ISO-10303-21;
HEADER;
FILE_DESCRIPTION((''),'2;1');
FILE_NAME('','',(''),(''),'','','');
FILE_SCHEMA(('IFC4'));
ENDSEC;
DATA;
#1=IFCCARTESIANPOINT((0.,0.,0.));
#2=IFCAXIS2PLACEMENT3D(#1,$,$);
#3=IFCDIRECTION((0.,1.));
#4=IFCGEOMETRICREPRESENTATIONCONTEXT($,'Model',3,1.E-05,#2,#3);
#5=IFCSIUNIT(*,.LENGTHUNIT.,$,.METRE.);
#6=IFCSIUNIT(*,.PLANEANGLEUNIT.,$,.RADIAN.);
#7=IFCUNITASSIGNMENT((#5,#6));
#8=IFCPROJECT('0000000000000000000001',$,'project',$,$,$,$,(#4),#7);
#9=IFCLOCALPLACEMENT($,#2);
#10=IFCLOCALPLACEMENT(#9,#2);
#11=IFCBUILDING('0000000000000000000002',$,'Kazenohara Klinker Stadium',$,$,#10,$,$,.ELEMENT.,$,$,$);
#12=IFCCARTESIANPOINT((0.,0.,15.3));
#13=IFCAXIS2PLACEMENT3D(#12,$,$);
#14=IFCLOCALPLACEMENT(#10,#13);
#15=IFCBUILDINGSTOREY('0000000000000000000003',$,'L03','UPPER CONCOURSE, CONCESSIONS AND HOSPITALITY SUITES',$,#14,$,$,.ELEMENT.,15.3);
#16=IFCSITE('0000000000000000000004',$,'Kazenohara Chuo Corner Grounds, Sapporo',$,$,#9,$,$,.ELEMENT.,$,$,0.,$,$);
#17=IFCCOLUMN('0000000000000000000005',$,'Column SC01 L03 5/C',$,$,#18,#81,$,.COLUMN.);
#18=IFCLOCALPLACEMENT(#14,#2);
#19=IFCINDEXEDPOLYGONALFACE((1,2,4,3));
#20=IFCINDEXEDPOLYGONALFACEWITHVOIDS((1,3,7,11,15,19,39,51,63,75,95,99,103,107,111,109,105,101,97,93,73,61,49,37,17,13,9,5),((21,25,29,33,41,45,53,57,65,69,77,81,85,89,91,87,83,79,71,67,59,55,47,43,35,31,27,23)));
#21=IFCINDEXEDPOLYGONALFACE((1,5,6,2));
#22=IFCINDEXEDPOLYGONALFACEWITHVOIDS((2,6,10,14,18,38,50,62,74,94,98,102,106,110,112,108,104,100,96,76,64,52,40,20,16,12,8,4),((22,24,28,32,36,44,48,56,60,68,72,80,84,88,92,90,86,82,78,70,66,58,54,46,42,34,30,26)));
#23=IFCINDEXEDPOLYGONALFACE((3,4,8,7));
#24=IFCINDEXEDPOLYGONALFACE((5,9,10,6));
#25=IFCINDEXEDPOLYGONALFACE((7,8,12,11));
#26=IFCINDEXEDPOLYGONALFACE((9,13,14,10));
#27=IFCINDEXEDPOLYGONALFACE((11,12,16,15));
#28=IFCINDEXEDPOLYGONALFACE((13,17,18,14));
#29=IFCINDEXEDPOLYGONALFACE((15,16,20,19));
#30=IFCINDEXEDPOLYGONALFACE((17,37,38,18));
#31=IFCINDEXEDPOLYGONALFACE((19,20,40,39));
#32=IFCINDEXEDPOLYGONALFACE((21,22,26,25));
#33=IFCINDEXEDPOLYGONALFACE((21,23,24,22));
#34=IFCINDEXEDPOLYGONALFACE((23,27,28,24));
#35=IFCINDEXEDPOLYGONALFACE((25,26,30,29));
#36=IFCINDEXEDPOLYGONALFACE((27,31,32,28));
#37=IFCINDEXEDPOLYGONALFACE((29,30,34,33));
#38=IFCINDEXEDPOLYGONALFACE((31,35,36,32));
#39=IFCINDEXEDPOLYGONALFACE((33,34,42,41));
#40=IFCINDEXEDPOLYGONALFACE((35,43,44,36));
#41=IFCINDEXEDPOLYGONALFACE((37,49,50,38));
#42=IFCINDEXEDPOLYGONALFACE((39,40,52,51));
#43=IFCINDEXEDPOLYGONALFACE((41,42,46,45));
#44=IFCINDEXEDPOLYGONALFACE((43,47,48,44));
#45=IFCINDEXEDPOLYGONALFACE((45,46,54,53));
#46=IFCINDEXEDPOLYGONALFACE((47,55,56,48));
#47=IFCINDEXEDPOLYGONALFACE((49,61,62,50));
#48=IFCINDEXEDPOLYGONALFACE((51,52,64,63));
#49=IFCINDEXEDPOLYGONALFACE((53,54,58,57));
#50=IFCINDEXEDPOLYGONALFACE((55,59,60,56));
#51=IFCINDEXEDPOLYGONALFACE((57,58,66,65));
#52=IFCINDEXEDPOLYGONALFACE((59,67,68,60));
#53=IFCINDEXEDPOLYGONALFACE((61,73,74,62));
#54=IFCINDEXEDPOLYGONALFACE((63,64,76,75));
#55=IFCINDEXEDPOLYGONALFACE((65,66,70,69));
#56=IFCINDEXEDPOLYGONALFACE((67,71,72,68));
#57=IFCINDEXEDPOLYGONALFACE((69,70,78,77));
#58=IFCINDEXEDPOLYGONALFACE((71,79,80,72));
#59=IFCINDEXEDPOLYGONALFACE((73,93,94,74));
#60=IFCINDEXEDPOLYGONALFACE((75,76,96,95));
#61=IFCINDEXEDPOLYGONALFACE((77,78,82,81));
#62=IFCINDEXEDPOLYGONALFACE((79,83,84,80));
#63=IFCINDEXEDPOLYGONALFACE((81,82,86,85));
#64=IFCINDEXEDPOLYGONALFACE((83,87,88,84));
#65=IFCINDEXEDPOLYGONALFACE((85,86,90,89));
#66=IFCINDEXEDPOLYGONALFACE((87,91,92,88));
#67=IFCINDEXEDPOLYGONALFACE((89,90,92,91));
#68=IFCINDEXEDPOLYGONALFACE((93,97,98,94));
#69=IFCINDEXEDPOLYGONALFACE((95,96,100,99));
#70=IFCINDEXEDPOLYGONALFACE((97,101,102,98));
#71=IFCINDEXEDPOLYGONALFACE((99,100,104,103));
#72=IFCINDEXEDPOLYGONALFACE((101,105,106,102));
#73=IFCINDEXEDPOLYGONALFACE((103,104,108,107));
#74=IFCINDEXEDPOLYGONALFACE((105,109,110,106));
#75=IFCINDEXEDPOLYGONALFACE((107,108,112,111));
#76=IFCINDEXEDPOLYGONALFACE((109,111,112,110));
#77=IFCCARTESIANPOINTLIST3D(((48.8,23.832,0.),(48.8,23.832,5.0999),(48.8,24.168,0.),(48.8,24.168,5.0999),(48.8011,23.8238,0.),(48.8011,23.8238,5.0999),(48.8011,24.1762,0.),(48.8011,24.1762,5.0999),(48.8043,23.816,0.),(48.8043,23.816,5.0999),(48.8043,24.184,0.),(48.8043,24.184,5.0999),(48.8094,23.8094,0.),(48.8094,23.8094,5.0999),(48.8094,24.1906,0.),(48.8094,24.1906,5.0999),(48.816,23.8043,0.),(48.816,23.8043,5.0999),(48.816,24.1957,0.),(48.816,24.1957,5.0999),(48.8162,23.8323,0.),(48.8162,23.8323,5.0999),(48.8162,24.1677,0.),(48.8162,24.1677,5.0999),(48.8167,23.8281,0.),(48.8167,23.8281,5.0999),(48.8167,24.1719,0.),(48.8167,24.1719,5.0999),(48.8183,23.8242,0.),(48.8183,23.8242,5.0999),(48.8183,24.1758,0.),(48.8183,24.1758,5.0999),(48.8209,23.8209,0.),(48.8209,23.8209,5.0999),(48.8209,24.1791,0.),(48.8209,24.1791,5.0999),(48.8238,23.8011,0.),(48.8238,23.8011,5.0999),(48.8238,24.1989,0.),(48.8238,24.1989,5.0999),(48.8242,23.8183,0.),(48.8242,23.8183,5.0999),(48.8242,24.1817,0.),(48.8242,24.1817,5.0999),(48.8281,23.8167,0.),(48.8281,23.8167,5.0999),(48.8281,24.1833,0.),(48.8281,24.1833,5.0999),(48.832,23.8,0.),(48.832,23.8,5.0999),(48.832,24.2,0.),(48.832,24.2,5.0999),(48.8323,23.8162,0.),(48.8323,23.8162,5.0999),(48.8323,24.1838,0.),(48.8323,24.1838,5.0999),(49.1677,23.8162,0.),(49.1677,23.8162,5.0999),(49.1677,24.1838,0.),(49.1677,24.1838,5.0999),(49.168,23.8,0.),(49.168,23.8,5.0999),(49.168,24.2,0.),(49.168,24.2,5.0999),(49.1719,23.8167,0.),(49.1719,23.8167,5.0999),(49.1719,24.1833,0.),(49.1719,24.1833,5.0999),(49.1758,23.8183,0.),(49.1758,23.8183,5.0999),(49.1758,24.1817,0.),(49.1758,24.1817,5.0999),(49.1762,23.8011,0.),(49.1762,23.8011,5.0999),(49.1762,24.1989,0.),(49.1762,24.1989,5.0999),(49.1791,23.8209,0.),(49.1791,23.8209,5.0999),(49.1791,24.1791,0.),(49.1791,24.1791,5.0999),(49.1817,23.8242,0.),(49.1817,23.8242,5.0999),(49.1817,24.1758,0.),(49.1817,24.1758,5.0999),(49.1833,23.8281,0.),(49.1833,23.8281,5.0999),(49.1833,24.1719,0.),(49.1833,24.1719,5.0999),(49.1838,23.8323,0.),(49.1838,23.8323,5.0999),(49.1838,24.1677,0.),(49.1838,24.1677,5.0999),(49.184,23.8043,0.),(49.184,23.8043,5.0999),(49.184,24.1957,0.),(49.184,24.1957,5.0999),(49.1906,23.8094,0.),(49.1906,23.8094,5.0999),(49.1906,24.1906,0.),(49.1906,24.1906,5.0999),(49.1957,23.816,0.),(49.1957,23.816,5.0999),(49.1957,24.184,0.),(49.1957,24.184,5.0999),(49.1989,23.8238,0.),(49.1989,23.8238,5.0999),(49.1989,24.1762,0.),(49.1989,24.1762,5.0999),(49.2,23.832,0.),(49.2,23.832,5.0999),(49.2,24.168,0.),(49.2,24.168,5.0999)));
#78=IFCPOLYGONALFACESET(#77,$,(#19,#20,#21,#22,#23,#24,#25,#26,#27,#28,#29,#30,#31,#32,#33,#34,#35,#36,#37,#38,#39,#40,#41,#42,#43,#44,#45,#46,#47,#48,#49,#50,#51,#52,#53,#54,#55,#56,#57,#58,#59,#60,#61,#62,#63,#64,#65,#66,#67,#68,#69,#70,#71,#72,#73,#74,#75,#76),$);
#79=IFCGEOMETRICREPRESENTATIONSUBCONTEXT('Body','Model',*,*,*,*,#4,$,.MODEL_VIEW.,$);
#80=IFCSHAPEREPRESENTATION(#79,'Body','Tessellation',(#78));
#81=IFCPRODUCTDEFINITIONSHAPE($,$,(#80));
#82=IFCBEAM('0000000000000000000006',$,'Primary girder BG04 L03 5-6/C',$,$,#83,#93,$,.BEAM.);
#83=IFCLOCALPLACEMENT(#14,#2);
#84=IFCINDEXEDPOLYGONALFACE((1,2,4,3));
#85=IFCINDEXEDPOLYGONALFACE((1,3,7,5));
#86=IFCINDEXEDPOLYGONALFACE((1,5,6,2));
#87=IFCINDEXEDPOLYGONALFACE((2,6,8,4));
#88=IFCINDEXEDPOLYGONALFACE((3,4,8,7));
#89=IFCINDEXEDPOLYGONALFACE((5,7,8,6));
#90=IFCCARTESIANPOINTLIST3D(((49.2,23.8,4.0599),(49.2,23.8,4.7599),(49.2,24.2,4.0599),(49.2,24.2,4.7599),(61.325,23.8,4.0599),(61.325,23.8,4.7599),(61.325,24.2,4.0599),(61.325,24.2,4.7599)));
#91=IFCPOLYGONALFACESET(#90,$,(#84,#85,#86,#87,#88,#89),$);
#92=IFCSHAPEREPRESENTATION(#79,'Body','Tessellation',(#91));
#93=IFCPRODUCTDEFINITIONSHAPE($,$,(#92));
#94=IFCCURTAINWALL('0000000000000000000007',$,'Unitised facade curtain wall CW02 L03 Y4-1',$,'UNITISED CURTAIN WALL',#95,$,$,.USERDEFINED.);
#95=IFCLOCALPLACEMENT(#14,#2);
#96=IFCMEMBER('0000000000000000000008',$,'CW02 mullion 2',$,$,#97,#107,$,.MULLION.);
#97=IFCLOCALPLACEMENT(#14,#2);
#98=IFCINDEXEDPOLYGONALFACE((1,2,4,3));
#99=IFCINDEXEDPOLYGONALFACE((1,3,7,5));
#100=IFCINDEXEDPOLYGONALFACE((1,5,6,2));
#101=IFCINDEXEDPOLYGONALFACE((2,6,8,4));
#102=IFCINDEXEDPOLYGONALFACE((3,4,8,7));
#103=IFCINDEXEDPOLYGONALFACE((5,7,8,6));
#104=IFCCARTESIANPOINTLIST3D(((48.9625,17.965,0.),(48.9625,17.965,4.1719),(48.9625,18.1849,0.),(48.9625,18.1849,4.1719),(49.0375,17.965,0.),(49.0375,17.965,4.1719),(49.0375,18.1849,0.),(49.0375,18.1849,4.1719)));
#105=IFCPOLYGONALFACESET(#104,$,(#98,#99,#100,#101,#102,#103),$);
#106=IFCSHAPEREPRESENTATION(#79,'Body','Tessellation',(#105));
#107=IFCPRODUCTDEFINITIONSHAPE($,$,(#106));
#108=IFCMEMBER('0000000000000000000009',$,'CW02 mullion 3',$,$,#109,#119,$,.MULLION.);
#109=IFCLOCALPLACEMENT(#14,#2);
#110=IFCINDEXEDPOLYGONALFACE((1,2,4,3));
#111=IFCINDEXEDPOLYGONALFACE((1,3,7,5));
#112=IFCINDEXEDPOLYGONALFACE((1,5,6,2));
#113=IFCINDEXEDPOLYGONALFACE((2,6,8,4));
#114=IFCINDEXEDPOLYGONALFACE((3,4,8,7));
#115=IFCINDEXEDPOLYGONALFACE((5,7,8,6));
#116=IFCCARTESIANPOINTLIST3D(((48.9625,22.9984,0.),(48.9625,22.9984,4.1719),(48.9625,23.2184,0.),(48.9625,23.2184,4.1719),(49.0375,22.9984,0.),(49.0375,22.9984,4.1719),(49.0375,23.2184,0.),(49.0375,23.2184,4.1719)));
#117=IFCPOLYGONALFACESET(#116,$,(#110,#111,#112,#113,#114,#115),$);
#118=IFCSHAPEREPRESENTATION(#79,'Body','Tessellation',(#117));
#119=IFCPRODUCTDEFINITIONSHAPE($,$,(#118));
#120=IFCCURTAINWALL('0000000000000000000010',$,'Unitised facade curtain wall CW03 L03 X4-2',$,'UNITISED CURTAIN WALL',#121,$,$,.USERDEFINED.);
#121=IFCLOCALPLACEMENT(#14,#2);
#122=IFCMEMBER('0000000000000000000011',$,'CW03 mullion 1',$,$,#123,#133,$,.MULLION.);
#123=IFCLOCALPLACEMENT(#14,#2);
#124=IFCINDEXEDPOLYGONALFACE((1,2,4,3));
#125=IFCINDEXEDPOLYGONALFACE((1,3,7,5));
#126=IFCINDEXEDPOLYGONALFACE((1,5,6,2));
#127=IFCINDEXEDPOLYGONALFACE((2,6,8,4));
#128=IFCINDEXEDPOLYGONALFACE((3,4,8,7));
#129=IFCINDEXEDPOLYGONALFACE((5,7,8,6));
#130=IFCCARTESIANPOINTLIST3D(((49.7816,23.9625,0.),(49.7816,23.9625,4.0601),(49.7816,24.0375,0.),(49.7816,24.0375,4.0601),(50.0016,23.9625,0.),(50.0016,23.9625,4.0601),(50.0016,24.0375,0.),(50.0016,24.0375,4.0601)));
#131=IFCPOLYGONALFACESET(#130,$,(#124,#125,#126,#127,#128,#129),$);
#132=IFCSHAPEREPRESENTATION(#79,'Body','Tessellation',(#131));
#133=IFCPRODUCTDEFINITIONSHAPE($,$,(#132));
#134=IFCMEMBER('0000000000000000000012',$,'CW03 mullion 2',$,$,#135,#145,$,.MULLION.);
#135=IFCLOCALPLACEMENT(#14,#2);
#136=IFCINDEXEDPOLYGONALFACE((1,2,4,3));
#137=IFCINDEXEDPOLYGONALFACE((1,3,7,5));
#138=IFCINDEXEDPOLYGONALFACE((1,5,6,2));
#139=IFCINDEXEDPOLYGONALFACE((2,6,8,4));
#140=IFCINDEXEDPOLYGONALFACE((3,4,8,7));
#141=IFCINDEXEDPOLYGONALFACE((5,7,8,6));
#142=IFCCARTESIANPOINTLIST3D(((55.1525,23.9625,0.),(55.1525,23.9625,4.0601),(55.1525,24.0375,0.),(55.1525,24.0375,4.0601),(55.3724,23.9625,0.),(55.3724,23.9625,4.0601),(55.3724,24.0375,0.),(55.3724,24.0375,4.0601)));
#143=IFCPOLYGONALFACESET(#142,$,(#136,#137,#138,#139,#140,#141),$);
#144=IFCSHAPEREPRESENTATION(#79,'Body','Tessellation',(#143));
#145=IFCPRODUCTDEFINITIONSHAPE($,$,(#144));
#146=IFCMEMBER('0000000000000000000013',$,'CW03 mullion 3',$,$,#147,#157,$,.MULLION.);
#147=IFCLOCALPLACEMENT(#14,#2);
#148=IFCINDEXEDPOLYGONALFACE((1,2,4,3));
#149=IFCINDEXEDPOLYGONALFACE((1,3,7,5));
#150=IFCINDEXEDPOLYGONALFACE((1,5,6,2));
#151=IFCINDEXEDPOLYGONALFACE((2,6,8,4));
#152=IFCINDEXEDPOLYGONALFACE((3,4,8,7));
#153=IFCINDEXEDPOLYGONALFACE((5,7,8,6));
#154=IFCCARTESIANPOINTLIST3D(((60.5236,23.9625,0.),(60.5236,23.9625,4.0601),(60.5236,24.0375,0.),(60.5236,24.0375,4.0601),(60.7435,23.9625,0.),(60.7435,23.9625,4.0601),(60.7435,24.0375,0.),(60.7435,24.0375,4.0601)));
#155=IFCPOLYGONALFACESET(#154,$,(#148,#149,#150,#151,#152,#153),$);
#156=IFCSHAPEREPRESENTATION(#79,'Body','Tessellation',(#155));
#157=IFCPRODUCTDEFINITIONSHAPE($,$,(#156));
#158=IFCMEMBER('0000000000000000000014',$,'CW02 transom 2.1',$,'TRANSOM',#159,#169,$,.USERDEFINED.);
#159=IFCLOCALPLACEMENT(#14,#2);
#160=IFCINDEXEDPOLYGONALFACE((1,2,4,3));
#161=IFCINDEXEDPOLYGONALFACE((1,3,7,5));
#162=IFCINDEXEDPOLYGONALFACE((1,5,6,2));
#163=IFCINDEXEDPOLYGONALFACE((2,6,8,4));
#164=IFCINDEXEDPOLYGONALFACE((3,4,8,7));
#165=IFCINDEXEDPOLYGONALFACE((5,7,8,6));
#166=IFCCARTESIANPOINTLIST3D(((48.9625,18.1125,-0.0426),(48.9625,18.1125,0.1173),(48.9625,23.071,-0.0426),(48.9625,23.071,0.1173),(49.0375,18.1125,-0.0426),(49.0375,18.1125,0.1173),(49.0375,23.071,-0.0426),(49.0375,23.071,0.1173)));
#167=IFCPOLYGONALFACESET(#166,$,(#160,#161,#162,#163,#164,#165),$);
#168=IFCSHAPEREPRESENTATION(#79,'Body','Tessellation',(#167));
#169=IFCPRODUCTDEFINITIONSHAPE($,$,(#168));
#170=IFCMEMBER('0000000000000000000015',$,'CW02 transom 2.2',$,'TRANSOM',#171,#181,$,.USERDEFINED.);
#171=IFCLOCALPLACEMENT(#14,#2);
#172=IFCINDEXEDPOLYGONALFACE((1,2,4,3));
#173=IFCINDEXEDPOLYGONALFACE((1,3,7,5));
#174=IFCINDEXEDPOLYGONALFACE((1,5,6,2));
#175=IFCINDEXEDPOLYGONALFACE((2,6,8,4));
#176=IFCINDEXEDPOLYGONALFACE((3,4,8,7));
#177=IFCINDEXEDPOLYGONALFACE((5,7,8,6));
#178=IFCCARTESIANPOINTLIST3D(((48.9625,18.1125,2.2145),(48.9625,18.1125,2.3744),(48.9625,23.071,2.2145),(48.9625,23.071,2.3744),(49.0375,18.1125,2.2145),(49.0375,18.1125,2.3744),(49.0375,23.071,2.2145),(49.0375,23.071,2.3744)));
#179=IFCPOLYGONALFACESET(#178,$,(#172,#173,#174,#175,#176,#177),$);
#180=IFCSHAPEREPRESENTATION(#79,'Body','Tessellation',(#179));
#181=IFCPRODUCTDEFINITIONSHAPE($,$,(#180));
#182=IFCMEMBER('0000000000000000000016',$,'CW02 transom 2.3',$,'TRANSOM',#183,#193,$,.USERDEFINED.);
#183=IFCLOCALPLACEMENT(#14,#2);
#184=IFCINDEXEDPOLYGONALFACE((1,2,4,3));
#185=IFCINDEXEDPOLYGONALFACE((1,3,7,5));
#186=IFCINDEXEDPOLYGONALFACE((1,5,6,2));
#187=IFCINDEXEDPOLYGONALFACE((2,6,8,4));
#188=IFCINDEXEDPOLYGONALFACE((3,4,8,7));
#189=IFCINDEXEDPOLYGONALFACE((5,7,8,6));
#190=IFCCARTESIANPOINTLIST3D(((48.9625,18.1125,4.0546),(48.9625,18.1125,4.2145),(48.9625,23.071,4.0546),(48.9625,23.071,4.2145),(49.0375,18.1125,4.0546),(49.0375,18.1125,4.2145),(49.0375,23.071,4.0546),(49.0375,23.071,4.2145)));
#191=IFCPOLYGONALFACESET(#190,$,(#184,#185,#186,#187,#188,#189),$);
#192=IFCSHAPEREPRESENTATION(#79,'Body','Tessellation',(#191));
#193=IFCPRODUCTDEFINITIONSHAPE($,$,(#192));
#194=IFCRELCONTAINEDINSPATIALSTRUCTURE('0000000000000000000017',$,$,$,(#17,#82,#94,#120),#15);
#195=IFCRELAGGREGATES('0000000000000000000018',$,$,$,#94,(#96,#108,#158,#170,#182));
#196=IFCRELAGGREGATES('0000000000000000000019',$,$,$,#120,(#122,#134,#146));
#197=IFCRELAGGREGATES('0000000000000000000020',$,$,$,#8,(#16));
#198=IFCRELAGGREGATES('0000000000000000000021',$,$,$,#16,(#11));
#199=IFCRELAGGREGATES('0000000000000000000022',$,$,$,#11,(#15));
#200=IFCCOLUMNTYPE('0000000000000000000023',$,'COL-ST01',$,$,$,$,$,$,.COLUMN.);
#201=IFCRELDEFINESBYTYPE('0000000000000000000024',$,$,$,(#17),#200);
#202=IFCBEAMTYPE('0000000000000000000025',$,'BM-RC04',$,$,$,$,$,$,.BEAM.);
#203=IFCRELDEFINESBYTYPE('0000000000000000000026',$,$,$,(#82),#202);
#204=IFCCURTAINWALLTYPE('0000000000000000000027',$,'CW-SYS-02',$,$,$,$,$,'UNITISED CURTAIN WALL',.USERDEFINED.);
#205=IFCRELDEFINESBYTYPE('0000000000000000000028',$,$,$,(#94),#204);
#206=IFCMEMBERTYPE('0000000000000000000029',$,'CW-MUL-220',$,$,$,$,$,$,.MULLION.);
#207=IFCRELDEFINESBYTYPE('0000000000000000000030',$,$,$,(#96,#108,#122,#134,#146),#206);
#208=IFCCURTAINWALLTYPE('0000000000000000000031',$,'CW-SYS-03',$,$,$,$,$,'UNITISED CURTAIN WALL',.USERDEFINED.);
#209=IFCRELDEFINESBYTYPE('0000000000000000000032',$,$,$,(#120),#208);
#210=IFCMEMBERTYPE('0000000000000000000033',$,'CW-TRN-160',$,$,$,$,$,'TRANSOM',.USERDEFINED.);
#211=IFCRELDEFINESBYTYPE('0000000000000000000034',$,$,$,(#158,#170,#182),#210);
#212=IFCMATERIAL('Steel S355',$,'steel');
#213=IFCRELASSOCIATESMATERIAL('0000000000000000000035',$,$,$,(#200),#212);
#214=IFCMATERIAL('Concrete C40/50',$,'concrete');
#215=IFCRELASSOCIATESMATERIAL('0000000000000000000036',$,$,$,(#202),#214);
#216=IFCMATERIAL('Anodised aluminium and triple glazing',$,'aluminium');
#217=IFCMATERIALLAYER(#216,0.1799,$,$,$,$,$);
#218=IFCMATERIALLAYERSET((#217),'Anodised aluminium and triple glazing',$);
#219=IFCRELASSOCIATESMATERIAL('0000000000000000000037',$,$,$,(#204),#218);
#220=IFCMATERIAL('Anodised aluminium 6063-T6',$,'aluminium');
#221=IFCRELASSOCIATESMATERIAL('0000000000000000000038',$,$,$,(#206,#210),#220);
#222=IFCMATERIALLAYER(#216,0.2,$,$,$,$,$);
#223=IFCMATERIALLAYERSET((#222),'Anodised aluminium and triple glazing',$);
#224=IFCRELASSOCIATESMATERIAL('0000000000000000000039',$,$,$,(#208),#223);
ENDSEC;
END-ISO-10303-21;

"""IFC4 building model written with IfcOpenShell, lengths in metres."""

from ifc_helpers import new_model, si_unit, direction, frame, origin, origin_2d, place, context, subcontext, project, spatial, rectangle, hollow_rectangle, extrude, material, layer, layer_set, material_profile, profile_set, type_object, element, aggregate, save


model = new_model("IFC4")

# Units and contexts
model_context = context("Model", 3, precision=1e-05, world=origin(), true_north=direction((0.0, 1.0)))
body_context = subcontext(model_context, "Body", "Model", "MODEL_VIEW")
ifc_project = project(units=[si_unit("LENGTHUNIT", "METRE"), si_unit("PLANEANGLEUNIT", "RADIAN")], contexts=[model_context])

# Site, building, storey
site_placement = place(None, origin())
site = spatial("IfcSite", under=ifc_project, at=site_placement, Name="Kazenohara Chuo Corner Grounds, Sapporo", CompositionType="ELEMENT", RefElevation=0.0)
building_placement = place(site_placement, origin())
building = spatial("IfcBuilding", under=site, at=building_placement, Name="Kazenohara Klinker Stadium", CompositionType="ELEMENT")
storey_placement = place(building_placement, frame((0.0, 0.0, 15.3)))
storey = spatial("IfcBuildingStorey", under=building, at=storey_placement, Name="L03", Description="UPPER CONCOURSE, CONCESSIONS AND HOSPITALITY SUITES", CompositionType="ELEMENT", Elevation=15.3)

# Column
ifc_material_1 = material(Name="Steel S355", Category="steel")
ifc_material_profile_1 = material_profile(ifc_material_1, hollow_rectangle(XDim=0.3999, YDim=0.3999, WallThickness=0.0161, InnerFilletRadius=0.0161, OuterFilletRadius=0.032, at=origin_2d()), Name="SHS-400x400x16")
ifc_profile_set_1 = profile_set([ifc_material_profile_1], Name="Steel S355")
column_type = type_object("IfcColumnType", Name="COL-ST01", PredefinedType="COLUMN", material=ifc_profile_set_1)
column_placement = place(storey_placement, frame((49.0, 24.0, 0.0), z_axis=(0.0, 0.0, 1.0), x_axis=(1.0, 0.0, 0.0)))
element("IfcColumn", 1, at=column_placement, inside=storey, type_object=column_type, Name="Column SC01 L03 5/C", PredefinedType="COLUMN", context=body_context, shape_type="SweptSolid", body=[
    extrude(hollow_rectangle(XDim=0.3999, YDim=0.3999, WallThickness=0.0161, InnerFilletRadius=0.0161, OuterFilletRadius=0.032, at=origin_2d()), origin(), (0.0, 0.0, 1.0), 5.0999),
])

# Beam
ifc_material_2 = material(Name="Concrete C40/50", Category="concrete")
ifc_material_profile_2 = material_profile(ifc_material_2, rectangle(XDim=0.3999, YDim=0.7, at=origin_2d()), Name="RC-BM-400x700")
ifc_profile_set_2 = profile_set([ifc_material_profile_2], Name="Concrete C40/50")
beam_type = type_object("IfcBeamType", Name="BM-RC04", PredefinedType="BEAM", material=ifc_profile_set_2)
beam_placement = place(storey_placement, frame((49.2, 24.0, 4.4099), z_axis=(1.0, 0.0, 0.0), x_axis=(0.0, 1.0, 0.0)))
element("IfcBeam", 2, at=beam_placement, inside=storey, type_object=beam_type, Name="Primary girder BG04 L03 5-6/C", PredefinedType="BEAM", context=body_context, shape_type="SweptSolid", body=[
    extrude(rectangle(XDim=0.3999, YDim=0.7, at=origin_2d()), origin(), (0.0, 0.0, 1.0), 12.125),
])

# Curtain walls, members
ifc_material_3 = material(Name="Anodised aluminium and triple glazing", Category="aluminium")
ifc_layer_1 = layer(ifc_material_3, 0.1799)
ifc_layer_set_1 = layer_set([ifc_layer_1], Name="Anodised aluminium and triple glazing")
curtain_wall_type_1 = type_object("IfcCurtainWallType", Name="CW-SYS-02", ElementType="UNITISED CURTAIN WALL", PredefinedType="USERDEFINED", material=ifc_layer_set_1)
curtain_wall_1_placement = place(storey_placement, origin())
curtain_wall_1 = element("IfcCurtainWall", 3, at=curtain_wall_1_placement, inside=storey, type_object=curtain_wall_type_1, Name="Unitised facade curtain wall CW02 L03 Y4-1", ObjectType="UNITISED CURTAIN WALL", PredefinedType="USERDEFINED")
ifc_material_4 = material(Name="Anodised aluminium 6063-T6", Category="aluminium")
ifc_material_profile_3 = material_profile(ifc_material_4, rectangle(XDim=0.075, YDim=0.22, at=origin_2d()), Name="ALU-MUL-75x220")
ifc_profile_set_3 = profile_set([ifc_material_profile_3], Name="Anodised aluminium 6063-T6")
member_type_1 = type_object("IfcMemberType", Name="CW-MUL-220", PredefinedType="MULLION", material=ifc_profile_set_3)
member_1_placement = place(storey_placement, frame((49.0, 18.075, 0.0), z_axis=(0.0, 0.0, 1.0), x_axis=(-1.0, 0.0, 0.0)))
member_1 = element("IfcMember", 4, at=member_1_placement, type_object=member_type_1, Name="CW02 mullion 2", PredefinedType="MULLION", context=body_context, shape_type="SweptSolid", body=[
    extrude(rectangle(XDim=0.075, YDim=0.22, at=origin_2d()), origin(), (0.0, 0.0, 1.0), 4.1719),
])
member_2_placement = place(storey_placement, frame((49.0, 23.1084, 0.0), z_axis=(0.0, 0.0, 1.0), x_axis=(-1.0, 0.0, 0.0)))
member_2 = element("IfcMember", 5, at=member_2_placement, type_object=member_type_1, Name="CW02 mullion 3", PredefinedType="MULLION", context=body_context, shape_type="SweptSolid", body=[
    extrude(rectangle(XDim=0.075, YDim=0.22, at=origin_2d()), origin(), (0.0, 0.0, 1.0), 4.1719),
])
ifc_layer_2 = layer(ifc_material_3, 0.2)
ifc_layer_set_2 = layer_set([ifc_layer_2], Name="Anodised aluminium and triple glazing")
curtain_wall_type_2 = type_object("IfcCurtainWallType", Name="CW-SYS-03", ElementType="UNITISED CURTAIN WALL", PredefinedType="USERDEFINED", material=ifc_layer_set_2)
curtain_wall_2_placement = place(storey_placement, origin())
curtain_wall_2 = element("IfcCurtainWall", 6, at=curtain_wall_2_placement, inside=storey, type_object=curtain_wall_type_2, Name="Unitised facade curtain wall CW03 L03 X4-2", ObjectType="UNITISED CURTAIN WALL", PredefinedType="USERDEFINED")
member_3_placement = place(storey_placement, frame((49.8916, 24.0, 0.0), z_axis=(0.0, 0.0, 1.0), x_axis=(0.0, 1.0, 0.0)))
member_3 = element("IfcMember", 7, at=member_3_placement, type_object=member_type_1, Name="CW03 mullion 1", PredefinedType="MULLION", context=body_context, shape_type="SweptSolid", body=[
    extrude(rectangle(XDim=0.075, YDim=0.22, at=origin_2d()), origin(), (0.0, 0.0, 1.0), 4.0601),
])
member_4_placement = place(storey_placement, frame((55.2625, 24.0, 0.0), z_axis=(0.0, 0.0, 1.0), x_axis=(0.0, 1.0, 0.0)))
member_4 = element("IfcMember", 8, at=member_4_placement, type_object=member_type_1, Name="CW03 mullion 2", PredefinedType="MULLION", context=body_context, shape_type="SweptSolid", body=[
    extrude(rectangle(XDim=0.075, YDim=0.22, at=origin_2d()), origin(), (0.0, 0.0, 1.0), 4.0601),
])
member_5_placement = place(storey_placement, frame((60.6335, 24.0, 0.0), z_axis=(0.0, 0.0, 1.0), x_axis=(0.0, 1.0, 0.0)))
member_5 = element("IfcMember", 9, at=member_5_placement, type_object=member_type_1, Name="CW03 mullion 3", PredefinedType="MULLION", context=body_context, shape_type="SweptSolid", body=[
    extrude(rectangle(XDim=0.075, YDim=0.22, at=origin_2d()), origin(), (0.0, 0.0, 1.0), 4.0601),
])

# Members
ifc_material_profile_4 = material_profile(ifc_material_4, rectangle(XDim=0.075, YDim=0.1599, at=origin_2d()), Name="ALU-TRN-75x160")
ifc_profile_set_4 = profile_set([ifc_material_profile_4], Name="Anodised aluminium 6063-T6")
member_type_2 = type_object("IfcMemberType", Name="CW-TRN-160", ElementType="TRANSOM", PredefinedType="USERDEFINED", material=ifc_profile_set_4)
member_6_placement = place(storey_placement, frame((49.0, 18.1125, 0.0374), z_axis=(0.0, 1.0, 0.0), x_axis=(-1.0, 0.0, 0.0)))
member_6 = element("IfcMember", 10, at=member_6_placement, type_object=member_type_2, Name="CW02 transom 2.1", ObjectType="TRANSOM", PredefinedType="USERDEFINED", context=body_context, shape_type="SweptSolid", body=[
    extrude(rectangle(XDim=0.075, YDim=0.1599, at=origin_2d()), origin(), (0.0, 0.0, 1.0), 4.9585),
])
member_7_placement = place(storey_placement, frame((49.0, 18.1125, 2.2944), z_axis=(0.0, 1.0, 0.0), x_axis=(-1.0, 0.0, 0.0)))
member_7 = element("IfcMember", 11, at=member_7_placement, type_object=member_type_2, Name="CW02 transom 2.2", ObjectType="TRANSOM", PredefinedType="USERDEFINED", context=body_context, shape_type="SweptSolid", body=[
    extrude(rectangle(XDim=0.075, YDim=0.1599, at=origin_2d()), origin(), (0.0, 0.0, 1.0), 4.9585),
])
member_8_placement = place(storey_placement, frame((49.0, 18.1125, 4.1345), z_axis=(0.0, 1.0, 0.0), x_axis=(-1.0, 0.0, 0.0)))
member_8 = element("IfcMember", 12, at=member_8_placement, type_object=member_type_2, Name="CW02 transom 2.3", ObjectType="TRANSOM", PredefinedType="USERDEFINED", context=body_context, shape_type="SweptSolid", body=[
    extrude(rectangle(XDim=0.075, YDim=0.1599, at=origin_2d()), origin(), (0.0, 0.0, 1.0), 4.9585),
])

aggregate(curtain_wall_1, [member_1, member_2, member_6, member_7, member_8])
aggregate(curtain_wall_2, [member_3, member_4, member_5])

save(model, "model.ifc")
